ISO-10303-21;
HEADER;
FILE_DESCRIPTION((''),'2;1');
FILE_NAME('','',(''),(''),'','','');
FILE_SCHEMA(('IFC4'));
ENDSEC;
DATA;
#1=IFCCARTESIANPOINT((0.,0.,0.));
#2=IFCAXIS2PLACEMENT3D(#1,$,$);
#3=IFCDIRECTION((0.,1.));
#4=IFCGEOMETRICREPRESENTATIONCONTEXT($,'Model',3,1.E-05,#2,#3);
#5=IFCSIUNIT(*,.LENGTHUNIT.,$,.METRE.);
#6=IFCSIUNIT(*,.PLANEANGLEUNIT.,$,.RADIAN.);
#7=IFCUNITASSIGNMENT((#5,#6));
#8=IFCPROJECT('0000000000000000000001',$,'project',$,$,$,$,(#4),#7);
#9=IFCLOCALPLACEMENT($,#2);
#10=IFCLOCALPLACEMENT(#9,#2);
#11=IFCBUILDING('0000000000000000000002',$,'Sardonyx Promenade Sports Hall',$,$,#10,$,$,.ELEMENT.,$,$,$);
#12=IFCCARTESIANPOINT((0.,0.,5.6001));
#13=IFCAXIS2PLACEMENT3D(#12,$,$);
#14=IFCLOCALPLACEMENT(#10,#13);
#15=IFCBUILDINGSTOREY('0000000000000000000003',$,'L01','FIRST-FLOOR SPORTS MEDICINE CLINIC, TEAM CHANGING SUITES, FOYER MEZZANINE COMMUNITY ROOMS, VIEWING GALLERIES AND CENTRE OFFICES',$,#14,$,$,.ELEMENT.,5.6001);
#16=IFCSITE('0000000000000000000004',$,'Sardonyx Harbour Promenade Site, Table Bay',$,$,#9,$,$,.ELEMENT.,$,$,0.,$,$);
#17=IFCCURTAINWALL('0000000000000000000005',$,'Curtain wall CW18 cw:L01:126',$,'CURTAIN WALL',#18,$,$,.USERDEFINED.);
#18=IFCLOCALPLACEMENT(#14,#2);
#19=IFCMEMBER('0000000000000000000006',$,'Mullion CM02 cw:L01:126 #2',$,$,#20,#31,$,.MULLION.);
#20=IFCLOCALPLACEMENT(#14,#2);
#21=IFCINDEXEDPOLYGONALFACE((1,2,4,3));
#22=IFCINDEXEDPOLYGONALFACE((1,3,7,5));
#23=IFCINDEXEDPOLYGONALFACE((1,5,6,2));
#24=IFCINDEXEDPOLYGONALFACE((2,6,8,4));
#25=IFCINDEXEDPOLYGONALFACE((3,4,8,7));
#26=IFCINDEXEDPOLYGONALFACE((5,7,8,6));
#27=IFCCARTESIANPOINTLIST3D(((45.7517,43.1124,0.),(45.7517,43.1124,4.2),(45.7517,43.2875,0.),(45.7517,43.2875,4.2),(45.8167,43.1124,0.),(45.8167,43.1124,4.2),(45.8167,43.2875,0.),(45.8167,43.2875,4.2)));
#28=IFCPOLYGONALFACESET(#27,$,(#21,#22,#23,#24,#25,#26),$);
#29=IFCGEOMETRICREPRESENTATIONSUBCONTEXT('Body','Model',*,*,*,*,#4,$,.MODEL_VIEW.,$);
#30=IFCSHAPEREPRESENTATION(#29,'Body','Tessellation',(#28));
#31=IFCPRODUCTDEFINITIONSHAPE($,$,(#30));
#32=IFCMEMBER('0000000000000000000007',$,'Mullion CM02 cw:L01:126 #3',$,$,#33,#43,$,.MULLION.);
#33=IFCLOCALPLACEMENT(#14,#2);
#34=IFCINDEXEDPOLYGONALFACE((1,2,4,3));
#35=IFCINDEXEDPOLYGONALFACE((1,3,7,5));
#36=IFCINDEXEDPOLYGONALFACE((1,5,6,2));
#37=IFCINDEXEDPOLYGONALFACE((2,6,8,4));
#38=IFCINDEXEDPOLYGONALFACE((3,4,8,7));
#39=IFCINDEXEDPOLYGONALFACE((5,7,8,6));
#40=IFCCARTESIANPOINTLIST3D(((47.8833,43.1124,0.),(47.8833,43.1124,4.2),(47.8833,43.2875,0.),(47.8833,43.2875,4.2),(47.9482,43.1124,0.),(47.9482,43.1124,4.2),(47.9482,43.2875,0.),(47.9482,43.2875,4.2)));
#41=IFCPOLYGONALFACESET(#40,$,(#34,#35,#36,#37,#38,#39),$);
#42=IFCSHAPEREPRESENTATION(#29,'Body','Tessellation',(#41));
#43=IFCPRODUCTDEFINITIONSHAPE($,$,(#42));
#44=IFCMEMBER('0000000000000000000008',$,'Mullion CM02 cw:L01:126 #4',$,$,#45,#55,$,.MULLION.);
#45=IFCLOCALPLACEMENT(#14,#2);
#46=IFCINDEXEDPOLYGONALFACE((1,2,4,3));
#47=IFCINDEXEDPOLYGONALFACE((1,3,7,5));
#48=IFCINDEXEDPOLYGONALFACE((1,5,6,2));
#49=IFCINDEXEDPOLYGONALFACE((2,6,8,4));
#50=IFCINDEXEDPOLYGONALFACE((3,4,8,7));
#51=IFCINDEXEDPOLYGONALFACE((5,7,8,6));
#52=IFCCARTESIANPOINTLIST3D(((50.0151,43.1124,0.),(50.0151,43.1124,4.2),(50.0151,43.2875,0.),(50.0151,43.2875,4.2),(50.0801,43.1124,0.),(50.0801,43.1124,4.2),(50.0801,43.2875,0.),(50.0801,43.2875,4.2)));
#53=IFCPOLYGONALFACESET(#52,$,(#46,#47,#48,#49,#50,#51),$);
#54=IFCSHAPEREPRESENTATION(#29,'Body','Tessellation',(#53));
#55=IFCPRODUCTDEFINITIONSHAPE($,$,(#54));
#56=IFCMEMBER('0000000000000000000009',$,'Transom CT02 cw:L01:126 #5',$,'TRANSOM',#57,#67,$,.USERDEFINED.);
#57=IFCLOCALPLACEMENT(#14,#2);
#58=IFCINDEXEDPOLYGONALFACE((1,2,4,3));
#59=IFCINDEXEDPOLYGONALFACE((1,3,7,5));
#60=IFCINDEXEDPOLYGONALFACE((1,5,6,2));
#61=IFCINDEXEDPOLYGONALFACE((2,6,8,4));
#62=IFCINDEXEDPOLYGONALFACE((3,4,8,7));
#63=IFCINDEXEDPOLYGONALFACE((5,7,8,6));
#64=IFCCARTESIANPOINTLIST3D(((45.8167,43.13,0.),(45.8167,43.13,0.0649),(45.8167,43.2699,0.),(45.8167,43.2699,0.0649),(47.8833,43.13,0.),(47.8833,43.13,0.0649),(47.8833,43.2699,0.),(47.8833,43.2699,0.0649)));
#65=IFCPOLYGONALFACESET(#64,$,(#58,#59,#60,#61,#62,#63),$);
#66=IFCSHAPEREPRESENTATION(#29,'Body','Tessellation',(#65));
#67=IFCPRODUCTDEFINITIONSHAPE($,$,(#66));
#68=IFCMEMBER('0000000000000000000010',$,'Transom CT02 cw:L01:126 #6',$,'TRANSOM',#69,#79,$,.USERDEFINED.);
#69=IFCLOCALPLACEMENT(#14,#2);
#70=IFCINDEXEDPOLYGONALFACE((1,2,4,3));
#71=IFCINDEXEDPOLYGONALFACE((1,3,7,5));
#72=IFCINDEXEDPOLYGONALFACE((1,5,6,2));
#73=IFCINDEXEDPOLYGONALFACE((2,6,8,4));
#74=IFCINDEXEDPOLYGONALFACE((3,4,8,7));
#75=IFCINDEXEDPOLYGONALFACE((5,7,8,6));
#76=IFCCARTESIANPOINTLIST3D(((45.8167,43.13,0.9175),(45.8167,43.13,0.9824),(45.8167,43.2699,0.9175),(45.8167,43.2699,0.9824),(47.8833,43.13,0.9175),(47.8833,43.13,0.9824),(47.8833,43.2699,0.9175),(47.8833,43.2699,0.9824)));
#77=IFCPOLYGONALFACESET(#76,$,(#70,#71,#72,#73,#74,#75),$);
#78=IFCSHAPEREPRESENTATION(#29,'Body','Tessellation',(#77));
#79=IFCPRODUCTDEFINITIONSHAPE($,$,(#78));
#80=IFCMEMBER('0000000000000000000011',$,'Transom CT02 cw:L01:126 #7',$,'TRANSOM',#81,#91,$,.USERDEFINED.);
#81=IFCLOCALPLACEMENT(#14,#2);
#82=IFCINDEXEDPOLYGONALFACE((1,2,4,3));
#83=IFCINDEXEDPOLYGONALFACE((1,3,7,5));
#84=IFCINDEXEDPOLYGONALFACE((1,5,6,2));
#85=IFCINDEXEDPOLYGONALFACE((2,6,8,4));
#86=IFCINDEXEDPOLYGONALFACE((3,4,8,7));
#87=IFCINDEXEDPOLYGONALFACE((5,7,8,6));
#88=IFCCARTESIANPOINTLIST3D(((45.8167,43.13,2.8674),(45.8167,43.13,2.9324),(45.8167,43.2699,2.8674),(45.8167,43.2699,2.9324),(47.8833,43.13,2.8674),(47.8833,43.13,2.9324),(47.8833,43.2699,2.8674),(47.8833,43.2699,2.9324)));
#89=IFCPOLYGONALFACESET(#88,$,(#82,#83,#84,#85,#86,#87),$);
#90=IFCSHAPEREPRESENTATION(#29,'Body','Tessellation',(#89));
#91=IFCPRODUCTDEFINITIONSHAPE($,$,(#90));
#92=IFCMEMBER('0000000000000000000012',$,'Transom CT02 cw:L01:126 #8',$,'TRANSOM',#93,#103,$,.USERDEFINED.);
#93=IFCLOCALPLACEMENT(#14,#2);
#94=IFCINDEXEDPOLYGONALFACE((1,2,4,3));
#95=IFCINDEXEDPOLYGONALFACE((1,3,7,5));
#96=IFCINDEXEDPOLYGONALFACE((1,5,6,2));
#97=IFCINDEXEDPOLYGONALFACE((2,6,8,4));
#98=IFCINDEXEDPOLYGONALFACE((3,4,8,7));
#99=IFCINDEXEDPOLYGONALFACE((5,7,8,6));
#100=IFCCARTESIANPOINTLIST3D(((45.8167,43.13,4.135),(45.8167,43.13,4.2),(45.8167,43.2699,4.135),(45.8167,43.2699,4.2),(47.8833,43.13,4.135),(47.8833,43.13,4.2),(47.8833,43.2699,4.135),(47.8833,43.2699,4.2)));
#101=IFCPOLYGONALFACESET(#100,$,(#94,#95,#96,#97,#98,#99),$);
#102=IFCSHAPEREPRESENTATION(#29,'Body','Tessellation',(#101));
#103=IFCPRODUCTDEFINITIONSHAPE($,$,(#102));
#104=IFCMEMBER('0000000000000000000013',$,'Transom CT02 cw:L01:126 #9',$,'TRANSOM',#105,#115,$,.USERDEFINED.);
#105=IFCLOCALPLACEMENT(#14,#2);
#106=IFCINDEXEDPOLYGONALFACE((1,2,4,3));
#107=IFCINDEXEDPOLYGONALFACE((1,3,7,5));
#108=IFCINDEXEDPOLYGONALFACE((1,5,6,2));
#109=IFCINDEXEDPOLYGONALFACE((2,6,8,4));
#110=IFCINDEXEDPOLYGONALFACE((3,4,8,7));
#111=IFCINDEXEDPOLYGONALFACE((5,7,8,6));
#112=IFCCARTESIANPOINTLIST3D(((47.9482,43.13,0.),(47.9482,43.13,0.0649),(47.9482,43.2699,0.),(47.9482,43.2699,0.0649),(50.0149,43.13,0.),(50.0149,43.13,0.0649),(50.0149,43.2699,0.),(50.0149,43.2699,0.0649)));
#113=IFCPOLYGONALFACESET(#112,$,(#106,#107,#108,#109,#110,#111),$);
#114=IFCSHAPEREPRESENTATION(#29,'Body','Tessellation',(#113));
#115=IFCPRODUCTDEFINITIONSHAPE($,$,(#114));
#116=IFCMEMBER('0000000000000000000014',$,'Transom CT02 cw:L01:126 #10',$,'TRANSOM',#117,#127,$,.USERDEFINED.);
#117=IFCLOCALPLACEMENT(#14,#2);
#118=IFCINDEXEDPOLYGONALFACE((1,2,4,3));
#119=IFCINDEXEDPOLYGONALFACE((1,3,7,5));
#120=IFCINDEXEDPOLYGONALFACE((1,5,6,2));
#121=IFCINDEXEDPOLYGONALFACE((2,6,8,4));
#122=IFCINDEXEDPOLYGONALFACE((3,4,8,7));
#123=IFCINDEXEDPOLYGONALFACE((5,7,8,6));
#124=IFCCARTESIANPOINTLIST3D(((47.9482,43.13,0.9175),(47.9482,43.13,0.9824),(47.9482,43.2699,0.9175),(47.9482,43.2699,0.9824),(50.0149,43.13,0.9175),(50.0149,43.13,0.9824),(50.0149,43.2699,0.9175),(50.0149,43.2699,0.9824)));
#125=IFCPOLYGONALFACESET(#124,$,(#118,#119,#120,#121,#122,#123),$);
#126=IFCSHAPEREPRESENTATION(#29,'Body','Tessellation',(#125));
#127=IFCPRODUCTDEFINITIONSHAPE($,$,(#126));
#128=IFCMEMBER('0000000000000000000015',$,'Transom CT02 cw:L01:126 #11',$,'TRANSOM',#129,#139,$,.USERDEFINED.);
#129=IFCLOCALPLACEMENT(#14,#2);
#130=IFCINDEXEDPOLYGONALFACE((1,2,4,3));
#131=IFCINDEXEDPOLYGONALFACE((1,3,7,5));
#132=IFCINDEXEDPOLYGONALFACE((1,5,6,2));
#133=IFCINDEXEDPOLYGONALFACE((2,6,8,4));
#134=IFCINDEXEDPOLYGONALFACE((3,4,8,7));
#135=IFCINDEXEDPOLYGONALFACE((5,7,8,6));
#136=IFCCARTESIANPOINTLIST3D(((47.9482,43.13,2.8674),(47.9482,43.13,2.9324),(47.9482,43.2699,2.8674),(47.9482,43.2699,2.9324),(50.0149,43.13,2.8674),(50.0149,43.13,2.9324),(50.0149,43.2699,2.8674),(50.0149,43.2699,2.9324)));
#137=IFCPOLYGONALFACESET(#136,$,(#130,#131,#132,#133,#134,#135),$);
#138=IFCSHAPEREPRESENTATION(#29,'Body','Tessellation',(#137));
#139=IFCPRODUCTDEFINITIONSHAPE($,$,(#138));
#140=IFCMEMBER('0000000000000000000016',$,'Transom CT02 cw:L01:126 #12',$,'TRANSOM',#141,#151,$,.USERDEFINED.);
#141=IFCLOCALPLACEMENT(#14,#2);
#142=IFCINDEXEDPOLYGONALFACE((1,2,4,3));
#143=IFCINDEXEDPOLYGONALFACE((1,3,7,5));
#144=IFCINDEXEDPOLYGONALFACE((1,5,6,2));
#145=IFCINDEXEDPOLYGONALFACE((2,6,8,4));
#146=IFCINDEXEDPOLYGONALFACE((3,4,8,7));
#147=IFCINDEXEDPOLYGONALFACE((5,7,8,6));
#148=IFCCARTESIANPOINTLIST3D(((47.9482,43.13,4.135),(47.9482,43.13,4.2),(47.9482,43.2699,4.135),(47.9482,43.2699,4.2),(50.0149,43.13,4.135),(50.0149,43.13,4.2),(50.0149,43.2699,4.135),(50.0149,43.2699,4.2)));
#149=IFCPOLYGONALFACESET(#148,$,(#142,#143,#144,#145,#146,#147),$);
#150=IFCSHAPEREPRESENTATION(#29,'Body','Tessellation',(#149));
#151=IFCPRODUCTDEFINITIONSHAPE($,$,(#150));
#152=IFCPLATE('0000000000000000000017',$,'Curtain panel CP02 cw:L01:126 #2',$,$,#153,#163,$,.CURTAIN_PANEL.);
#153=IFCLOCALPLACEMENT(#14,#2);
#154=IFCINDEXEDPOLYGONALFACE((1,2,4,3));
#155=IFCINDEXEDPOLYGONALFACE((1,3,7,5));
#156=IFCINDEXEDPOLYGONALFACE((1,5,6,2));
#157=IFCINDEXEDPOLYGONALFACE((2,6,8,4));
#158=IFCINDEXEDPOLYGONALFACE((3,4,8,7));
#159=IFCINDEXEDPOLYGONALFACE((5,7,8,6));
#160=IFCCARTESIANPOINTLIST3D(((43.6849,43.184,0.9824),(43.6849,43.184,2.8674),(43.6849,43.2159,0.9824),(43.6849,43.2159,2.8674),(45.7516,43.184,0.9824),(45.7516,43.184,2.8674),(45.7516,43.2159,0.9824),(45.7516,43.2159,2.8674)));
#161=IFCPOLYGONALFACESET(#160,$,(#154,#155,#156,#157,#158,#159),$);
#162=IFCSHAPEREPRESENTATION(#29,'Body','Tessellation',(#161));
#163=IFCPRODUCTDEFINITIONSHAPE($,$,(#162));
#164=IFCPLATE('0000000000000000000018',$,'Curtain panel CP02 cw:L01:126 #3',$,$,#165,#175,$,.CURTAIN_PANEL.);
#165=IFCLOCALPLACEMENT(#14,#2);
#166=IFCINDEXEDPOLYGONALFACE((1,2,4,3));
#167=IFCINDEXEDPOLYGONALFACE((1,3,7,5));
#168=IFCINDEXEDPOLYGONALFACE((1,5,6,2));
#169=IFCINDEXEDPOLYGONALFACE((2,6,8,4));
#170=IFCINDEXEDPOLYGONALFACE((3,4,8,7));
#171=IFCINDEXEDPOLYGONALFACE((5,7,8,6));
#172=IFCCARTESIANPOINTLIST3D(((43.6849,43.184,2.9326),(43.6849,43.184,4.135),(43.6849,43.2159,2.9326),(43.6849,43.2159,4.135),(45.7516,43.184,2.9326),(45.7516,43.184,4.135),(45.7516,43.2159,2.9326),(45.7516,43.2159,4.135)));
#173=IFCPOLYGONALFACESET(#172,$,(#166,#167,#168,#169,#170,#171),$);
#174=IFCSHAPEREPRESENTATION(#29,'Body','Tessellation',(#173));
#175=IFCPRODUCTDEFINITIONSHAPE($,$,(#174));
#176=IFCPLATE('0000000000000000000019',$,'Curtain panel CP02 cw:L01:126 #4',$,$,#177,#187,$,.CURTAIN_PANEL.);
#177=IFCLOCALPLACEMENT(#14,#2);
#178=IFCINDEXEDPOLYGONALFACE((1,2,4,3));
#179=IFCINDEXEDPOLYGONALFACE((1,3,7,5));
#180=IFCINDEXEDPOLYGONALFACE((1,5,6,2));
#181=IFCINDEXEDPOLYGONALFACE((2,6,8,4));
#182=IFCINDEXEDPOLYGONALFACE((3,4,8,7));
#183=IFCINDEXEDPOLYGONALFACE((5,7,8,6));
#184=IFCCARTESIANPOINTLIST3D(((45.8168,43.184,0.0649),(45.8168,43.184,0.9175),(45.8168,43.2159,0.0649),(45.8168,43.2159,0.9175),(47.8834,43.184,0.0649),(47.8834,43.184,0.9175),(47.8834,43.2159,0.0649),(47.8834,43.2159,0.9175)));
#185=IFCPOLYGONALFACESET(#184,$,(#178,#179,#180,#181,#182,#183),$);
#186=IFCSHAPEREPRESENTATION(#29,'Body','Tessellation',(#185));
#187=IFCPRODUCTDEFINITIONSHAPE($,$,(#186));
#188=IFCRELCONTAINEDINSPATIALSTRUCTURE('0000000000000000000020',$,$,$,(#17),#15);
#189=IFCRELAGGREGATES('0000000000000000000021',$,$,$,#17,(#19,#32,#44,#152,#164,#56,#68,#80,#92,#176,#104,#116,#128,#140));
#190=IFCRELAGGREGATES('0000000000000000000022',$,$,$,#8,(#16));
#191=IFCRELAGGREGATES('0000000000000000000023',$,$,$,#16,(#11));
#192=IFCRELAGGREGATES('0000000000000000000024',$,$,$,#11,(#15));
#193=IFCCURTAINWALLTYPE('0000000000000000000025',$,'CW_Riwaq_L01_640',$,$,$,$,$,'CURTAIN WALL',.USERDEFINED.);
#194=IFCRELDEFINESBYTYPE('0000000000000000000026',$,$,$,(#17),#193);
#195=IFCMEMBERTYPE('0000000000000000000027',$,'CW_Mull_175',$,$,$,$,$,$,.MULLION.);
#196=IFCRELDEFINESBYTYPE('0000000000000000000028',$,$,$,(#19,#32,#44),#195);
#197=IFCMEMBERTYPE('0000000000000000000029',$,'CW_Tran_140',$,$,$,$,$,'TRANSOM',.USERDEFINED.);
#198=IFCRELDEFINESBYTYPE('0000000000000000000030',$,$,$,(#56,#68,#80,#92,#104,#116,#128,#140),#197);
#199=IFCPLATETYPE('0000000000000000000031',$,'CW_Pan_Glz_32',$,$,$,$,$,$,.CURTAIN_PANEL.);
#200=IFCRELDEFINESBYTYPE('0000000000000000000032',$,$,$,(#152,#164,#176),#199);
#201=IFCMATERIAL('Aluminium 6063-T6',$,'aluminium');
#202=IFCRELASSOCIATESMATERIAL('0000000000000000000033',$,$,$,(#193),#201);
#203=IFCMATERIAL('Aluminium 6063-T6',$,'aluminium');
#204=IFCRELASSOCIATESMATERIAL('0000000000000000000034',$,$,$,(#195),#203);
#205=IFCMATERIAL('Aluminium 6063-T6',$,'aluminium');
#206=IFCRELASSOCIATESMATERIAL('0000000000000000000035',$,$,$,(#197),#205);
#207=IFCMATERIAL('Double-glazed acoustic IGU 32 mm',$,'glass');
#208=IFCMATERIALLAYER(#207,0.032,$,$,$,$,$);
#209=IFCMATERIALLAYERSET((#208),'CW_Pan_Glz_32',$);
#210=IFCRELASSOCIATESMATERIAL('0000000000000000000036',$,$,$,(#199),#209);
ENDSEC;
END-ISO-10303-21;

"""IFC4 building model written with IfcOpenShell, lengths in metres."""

from ifc_helpers import new_model, si_unit, direction, frame, origin, origin_2d, place, context, subcontext, project, spatial, rectangle, extrude, material, layer, layer_set, material_profile, profile_set, type_object, element, aggregate, save


model = new_model("IFC4")

# Units and contexts
model_context = context("Model", 3, precision=1e-05, world=origin(), true_north=direction((0.0, 1.0)))
body_context = subcontext(model_context, "Body", "Model", "MODEL_VIEW")
ifc_project = project(units=[si_unit("LENGTHUNIT", "METRE"), si_unit("PLANEANGLEUNIT", "RADIAN")], contexts=[model_context])

# Site, building, storey
site_placement = place(None, origin())
site = spatial("IfcSite", under=ifc_project, at=site_placement, Name="Sardonyx Harbour Promenade Site, Table Bay", CompositionType="ELEMENT", RefElevation=0.0)
building_placement = place(site_placement, origin())
building = spatial("IfcBuilding", under=site, at=building_placement, Name="Sardonyx Promenade Sports Hall", CompositionType="ELEMENT")
storey_placement = place(building_placement, frame((0.0, 0.0, 5.6001)))
storey = spatial("IfcBuildingStorey", under=building, at=storey_placement, Name="L01", Description="FIRST-FLOOR SPORTS MEDICINE CLINIC, TEAM CHANGING SUITES, FOYER MEZZANINE COMMUNITY ROOMS, VIEWING GALLERIES AND CENTRE OFFICES", CompositionType="ELEMENT", Elevation=5.6001)

# Curtain wall, members, plates
ifc_material_1 = material(Name="Aluminium 6063-T6", Category="aluminium")
curtain_wall_type = type_object("IfcCurtainWallType", Name="CW_Riwaq_L01_640", ElementType="CURTAIN WALL", PredefinedType="USERDEFINED", material=ifc_material_1)
curtain_wall_placement = place(storey_placement, origin())
curtain_wall = element("IfcCurtainWall", 1, at=curtain_wall_placement, inside=storey, type_object=curtain_wall_type, Name="Curtain wall CW18 cw:L01:126", ObjectType="CURTAIN WALL", PredefinedType="USERDEFINED")
ifc_material_2 = material(Name="Aluminium 6063-T6", Category="aluminium")
ifc_material_profile_1 = material_profile(ifc_material_2, rectangle(XDim=0.0649, YDim=0.175, at=origin_2d()))
ifc_profile_set_1 = profile_set([ifc_material_profile_1], Name="Aluminium 6063-T6")
member_type_1 = type_object("IfcMemberType", Name="CW_Mull_175", PredefinedType="MULLION", material=ifc_profile_set_1)
member_1_placement = place(storey_placement, frame((45.7842, 43.2, 0.0), z_axis=(0.0, 0.0, 1.0), x_axis=(1.0, 0.0, 0.0)))
member_1 = element("IfcMember", 2, at=member_1_placement, type_object=member_type_1, Name="Mullion CM02 cw:L01:126 #2", PredefinedType="MULLION", context=body_context, shape_type="SweptSolid", body=[
    extrude(rectangle(XDim=0.0649, YDim=0.175, at=origin_2d()), origin(), (0.0, 0.0, 1.0), 4.2),
])
member_2_placement = place(storey_placement, frame((47.9158, 43.2, 0.0), z_axis=(0.0, 0.0, 1.0), x_axis=(1.0, 0.0, 0.0)))
member_2 = element("IfcMember", 3, at=member_2_placement, type_object=member_type_1, Name="Mullion CM02 cw:L01:126 #3", PredefinedType="MULLION", context=body_context, shape_type="SweptSolid", body=[
    extrude(rectangle(XDim=0.0649, YDim=0.175, at=origin_2d()), origin(), (0.0, 0.0, 1.0), 4.2),
])
member_3_placement = place(storey_placement, frame((50.0476, 43.2, 0.0), z_axis=(0.0, 0.0, 1.0), x_axis=(1.0, 0.0, 0.0)))
member_3 = element("IfcMember", 4, at=member_3_placement, type_object=member_type_1, Name="Mullion CM02 cw:L01:126 #4", PredefinedType="MULLION", context=body_context, shape_type="SweptSolid", body=[
    extrude(rectangle(XDim=0.0649, YDim=0.175, at=origin_2d()), origin(), (0.0, 0.0, 1.0), 4.2),
])
ifc_material_3 = material(Name="Aluminium 6063-T6", Category="aluminium")
ifc_material_profile_2 = material_profile(ifc_material_3, rectangle(XDim=0.0649, YDim=0.1399, at=origin_2d()))
ifc_profile_set_2 = profile_set([ifc_material_profile_2], Name="Aluminium 6063-T6")
member_type_2 = type_object("IfcMemberType", Name="CW_Tran_140", ElementType="TRANSOM", PredefinedType="USERDEFINED", material=ifc_profile_set_2)
member_4_placement = place(storey_placement, frame((45.8167, 43.2, 0.0325), z_axis=(1.0, 0.0, 0.0), x_axis=(0.0, 0.0, 1.0)))
member_4 = element("IfcMember", 5, at=member_4_placement, type_object=member_type_2, Name="Transom CT02 cw:L01:126 #5", ObjectType="TRANSOM", PredefinedType="USERDEFINED", context=body_context, shape_type="SweptSolid", body=[
    extrude(rectangle(XDim=0.0649, YDim=0.1399, at=origin_2d()), origin(), (0.0, 0.0, 1.0), 2.0667),
])
member_5_placement = place(storey_placement, frame((45.8167, 43.2, 0.95), z_axis=(1.0, 0.0, 0.0), x_axis=(0.0, 0.0, 1.0)))
member_5 = element("IfcMember", 6, at=member_5_placement, type_object=member_type_2, Name="Transom CT02 cw:L01:126 #6", ObjectType="TRANSOM", PredefinedType="USERDEFINED", context=body_context, shape_type="SweptSolid", body=[
    extrude(rectangle(XDim=0.0649, YDim=0.1399, at=origin_2d()), origin(), (0.0, 0.0, 1.0), 2.0667),
])
member_6_placement = place(storey_placement, frame((45.8167, 43.2, 2.8999), z_axis=(1.0, 0.0, 0.0), x_axis=(0.0, 0.0, 1.0)))
member_6 = element("IfcMember", 7, at=member_6_placement, type_object=member_type_2, Name="Transom CT02 cw:L01:126 #7", ObjectType="TRANSOM", PredefinedType="USERDEFINED", context=body_context, shape_type="SweptSolid", body=[
    extrude(rectangle(XDim=0.0649, YDim=0.1399, at=origin_2d()), origin(), (0.0, 0.0, 1.0), 2.0667),
])
member_7_placement = place(storey_placement, frame((45.8167, 43.2, 4.1675), z_axis=(1.0, 0.0, 0.0), x_axis=(0.0, 0.0, 1.0)))
member_7 = element("IfcMember", 8, at=member_7_placement, type_object=member_type_2, Name="Transom CT02 cw:L01:126 #8", ObjectType="TRANSOM", PredefinedType="USERDEFINED", context=body_context, shape_type="SweptSolid", body=[
    extrude(rectangle(XDim=0.0649, YDim=0.1399, at=origin_2d()), origin(), (0.0, 0.0, 1.0), 2.0667),
])
member_8_placement = place(storey_placement, frame((47.9482, 43.2, 0.0325), z_axis=(1.0, 0.0, 0.0), x_axis=(0.0, 0.0, 1.0)))
member_8 = element("IfcMember", 9, at=member_8_placement, type_object=member_type_2, Name="Transom CT02 cw:L01:126 #9", ObjectType="TRANSOM", PredefinedType="USERDEFINED", context=body_context, shape_type="SweptSolid", body=[
    extrude(rectangle(XDim=0.0649, YDim=0.1399, at=origin_2d()), origin(), (0.0, 0.0, 1.0), 2.0667),
])
member_9_placement = place(storey_placement, frame((47.9482, 43.2, 0.95), z_axis=(1.0, 0.0, 0.0), x_axis=(0.0, 0.0, 1.0)))
member_9 = element("IfcMember", 10, at=member_9_placement, type_object=member_type_2, Name="Transom CT02 cw:L01:126 #10", ObjectType="TRANSOM", PredefinedType="USERDEFINED", context=body_context, shape_type="SweptSolid", body=[
    extrude(rectangle(XDim=0.0649, YDim=0.1399, at=origin_2d()), origin(), (0.0, 0.0, 1.0), 2.0667),
])
member_10_placement = place(storey_placement, frame((47.9482, 43.2, 2.8999), z_axis=(1.0, 0.0, 0.0), x_axis=(0.0, 0.0, 1.0)))
member_10 = element("IfcMember", 11, at=member_10_placement, type_object=member_type_2, Name="Transom CT02 cw:L01:126 #11", ObjectType="TRANSOM", PredefinedType="USERDEFINED", context=body_context, shape_type="SweptSolid", body=[
    extrude(rectangle(XDim=0.0649, YDim=0.1399, at=origin_2d()), origin(), (0.0, 0.0, 1.0), 2.0667),
])
member_11_placement = place(storey_placement, frame((47.9482, 43.2, 4.1675), z_axis=(1.0, 0.0, 0.0), x_axis=(0.0, 0.0, 1.0)))
member_11 = element("IfcMember", 12, at=member_11_placement, type_object=member_type_2, Name="Transom CT02 cw:L01:126 #12", ObjectType="TRANSOM", PredefinedType="USERDEFINED", context=body_context, shape_type="SweptSolid", body=[
    extrude(rectangle(XDim=0.0649, YDim=0.1399, at=origin_2d()), origin(), (0.0, 0.0, 1.0), 2.0667),
])
ifc_material_4 = material(Name="Double-glazed acoustic IGU 32 mm", Category="glass")
ifc_layer_1 = layer(ifc_material_4, 0.032)
ifc_layer_set_1 = layer_set([ifc_layer_1], Name="CW_Pan_Glz_32")
plate_type = type_object("IfcPlateType", Name="CW_Pan_Glz_32", PredefinedType="CURTAIN_PANEL", material=ifc_layer_set_1)
plate_1_placement = place(storey_placement, frame((44.7183, 43.2, 0.9824), z_axis=(0.0, 0.0, 1.0), x_axis=(1.0, 0.0, 0.0)))
plate_1 = element("IfcPlate", 13, at=plate_1_placement, type_object=plate_type, Name="Curtain panel CP02 cw:L01:126 #2", PredefinedType="CURTAIN_PANEL", context=body_context, shape_type="SweptSolid", body=[
    extrude(rectangle(XDim=2.0667, YDim=0.032, at=origin_2d()), origin(), (0.0, 0.0, 1.0), 1.885),
])
plate_2_placement = place(storey_placement, frame((44.7183, 43.2, 2.9326), z_axis=(0.0, 0.0, 1.0), x_axis=(1.0, 0.0, 0.0)))
plate_2 = element("IfcPlate", 14, at=plate_2_placement, type_object=plate_type, Name="Curtain panel CP02 cw:L01:126 #3", PredefinedType="CURTAIN_PANEL", context=body_context, shape_type="SweptSolid", body=[
    extrude(rectangle(XDim=2.0667, YDim=0.032, at=origin_2d()), origin(), (0.0, 0.0, 1.0), 1.2024),
])
plate_3_placement = place(storey_placement, frame((46.8501, 43.2, 0.0649), z_axis=(0.0, 0.0, 1.0), x_axis=(1.0, 0.0, 0.0)))
plate_3 = element("IfcPlate", 15, at=plate_3_placement, type_object=plate_type, Name="Curtain panel CP02 cw:L01:126 #4", PredefinedType="CURTAIN_PANEL", context=body_context, shape_type="SweptSolid", body=[
    extrude(rectangle(XDim=2.0667, YDim=0.032, at=origin_2d()), origin(), (0.0, 0.0, 1.0), 0.8525),
])
aggregate(curtain_wall, [member_1, member_2, member_3, plate_1, plate_2, member_4, member_5, member_6, member_7, plate_3, member_8, member_9, member_10, member_11])

save(model, "model.ifc")
